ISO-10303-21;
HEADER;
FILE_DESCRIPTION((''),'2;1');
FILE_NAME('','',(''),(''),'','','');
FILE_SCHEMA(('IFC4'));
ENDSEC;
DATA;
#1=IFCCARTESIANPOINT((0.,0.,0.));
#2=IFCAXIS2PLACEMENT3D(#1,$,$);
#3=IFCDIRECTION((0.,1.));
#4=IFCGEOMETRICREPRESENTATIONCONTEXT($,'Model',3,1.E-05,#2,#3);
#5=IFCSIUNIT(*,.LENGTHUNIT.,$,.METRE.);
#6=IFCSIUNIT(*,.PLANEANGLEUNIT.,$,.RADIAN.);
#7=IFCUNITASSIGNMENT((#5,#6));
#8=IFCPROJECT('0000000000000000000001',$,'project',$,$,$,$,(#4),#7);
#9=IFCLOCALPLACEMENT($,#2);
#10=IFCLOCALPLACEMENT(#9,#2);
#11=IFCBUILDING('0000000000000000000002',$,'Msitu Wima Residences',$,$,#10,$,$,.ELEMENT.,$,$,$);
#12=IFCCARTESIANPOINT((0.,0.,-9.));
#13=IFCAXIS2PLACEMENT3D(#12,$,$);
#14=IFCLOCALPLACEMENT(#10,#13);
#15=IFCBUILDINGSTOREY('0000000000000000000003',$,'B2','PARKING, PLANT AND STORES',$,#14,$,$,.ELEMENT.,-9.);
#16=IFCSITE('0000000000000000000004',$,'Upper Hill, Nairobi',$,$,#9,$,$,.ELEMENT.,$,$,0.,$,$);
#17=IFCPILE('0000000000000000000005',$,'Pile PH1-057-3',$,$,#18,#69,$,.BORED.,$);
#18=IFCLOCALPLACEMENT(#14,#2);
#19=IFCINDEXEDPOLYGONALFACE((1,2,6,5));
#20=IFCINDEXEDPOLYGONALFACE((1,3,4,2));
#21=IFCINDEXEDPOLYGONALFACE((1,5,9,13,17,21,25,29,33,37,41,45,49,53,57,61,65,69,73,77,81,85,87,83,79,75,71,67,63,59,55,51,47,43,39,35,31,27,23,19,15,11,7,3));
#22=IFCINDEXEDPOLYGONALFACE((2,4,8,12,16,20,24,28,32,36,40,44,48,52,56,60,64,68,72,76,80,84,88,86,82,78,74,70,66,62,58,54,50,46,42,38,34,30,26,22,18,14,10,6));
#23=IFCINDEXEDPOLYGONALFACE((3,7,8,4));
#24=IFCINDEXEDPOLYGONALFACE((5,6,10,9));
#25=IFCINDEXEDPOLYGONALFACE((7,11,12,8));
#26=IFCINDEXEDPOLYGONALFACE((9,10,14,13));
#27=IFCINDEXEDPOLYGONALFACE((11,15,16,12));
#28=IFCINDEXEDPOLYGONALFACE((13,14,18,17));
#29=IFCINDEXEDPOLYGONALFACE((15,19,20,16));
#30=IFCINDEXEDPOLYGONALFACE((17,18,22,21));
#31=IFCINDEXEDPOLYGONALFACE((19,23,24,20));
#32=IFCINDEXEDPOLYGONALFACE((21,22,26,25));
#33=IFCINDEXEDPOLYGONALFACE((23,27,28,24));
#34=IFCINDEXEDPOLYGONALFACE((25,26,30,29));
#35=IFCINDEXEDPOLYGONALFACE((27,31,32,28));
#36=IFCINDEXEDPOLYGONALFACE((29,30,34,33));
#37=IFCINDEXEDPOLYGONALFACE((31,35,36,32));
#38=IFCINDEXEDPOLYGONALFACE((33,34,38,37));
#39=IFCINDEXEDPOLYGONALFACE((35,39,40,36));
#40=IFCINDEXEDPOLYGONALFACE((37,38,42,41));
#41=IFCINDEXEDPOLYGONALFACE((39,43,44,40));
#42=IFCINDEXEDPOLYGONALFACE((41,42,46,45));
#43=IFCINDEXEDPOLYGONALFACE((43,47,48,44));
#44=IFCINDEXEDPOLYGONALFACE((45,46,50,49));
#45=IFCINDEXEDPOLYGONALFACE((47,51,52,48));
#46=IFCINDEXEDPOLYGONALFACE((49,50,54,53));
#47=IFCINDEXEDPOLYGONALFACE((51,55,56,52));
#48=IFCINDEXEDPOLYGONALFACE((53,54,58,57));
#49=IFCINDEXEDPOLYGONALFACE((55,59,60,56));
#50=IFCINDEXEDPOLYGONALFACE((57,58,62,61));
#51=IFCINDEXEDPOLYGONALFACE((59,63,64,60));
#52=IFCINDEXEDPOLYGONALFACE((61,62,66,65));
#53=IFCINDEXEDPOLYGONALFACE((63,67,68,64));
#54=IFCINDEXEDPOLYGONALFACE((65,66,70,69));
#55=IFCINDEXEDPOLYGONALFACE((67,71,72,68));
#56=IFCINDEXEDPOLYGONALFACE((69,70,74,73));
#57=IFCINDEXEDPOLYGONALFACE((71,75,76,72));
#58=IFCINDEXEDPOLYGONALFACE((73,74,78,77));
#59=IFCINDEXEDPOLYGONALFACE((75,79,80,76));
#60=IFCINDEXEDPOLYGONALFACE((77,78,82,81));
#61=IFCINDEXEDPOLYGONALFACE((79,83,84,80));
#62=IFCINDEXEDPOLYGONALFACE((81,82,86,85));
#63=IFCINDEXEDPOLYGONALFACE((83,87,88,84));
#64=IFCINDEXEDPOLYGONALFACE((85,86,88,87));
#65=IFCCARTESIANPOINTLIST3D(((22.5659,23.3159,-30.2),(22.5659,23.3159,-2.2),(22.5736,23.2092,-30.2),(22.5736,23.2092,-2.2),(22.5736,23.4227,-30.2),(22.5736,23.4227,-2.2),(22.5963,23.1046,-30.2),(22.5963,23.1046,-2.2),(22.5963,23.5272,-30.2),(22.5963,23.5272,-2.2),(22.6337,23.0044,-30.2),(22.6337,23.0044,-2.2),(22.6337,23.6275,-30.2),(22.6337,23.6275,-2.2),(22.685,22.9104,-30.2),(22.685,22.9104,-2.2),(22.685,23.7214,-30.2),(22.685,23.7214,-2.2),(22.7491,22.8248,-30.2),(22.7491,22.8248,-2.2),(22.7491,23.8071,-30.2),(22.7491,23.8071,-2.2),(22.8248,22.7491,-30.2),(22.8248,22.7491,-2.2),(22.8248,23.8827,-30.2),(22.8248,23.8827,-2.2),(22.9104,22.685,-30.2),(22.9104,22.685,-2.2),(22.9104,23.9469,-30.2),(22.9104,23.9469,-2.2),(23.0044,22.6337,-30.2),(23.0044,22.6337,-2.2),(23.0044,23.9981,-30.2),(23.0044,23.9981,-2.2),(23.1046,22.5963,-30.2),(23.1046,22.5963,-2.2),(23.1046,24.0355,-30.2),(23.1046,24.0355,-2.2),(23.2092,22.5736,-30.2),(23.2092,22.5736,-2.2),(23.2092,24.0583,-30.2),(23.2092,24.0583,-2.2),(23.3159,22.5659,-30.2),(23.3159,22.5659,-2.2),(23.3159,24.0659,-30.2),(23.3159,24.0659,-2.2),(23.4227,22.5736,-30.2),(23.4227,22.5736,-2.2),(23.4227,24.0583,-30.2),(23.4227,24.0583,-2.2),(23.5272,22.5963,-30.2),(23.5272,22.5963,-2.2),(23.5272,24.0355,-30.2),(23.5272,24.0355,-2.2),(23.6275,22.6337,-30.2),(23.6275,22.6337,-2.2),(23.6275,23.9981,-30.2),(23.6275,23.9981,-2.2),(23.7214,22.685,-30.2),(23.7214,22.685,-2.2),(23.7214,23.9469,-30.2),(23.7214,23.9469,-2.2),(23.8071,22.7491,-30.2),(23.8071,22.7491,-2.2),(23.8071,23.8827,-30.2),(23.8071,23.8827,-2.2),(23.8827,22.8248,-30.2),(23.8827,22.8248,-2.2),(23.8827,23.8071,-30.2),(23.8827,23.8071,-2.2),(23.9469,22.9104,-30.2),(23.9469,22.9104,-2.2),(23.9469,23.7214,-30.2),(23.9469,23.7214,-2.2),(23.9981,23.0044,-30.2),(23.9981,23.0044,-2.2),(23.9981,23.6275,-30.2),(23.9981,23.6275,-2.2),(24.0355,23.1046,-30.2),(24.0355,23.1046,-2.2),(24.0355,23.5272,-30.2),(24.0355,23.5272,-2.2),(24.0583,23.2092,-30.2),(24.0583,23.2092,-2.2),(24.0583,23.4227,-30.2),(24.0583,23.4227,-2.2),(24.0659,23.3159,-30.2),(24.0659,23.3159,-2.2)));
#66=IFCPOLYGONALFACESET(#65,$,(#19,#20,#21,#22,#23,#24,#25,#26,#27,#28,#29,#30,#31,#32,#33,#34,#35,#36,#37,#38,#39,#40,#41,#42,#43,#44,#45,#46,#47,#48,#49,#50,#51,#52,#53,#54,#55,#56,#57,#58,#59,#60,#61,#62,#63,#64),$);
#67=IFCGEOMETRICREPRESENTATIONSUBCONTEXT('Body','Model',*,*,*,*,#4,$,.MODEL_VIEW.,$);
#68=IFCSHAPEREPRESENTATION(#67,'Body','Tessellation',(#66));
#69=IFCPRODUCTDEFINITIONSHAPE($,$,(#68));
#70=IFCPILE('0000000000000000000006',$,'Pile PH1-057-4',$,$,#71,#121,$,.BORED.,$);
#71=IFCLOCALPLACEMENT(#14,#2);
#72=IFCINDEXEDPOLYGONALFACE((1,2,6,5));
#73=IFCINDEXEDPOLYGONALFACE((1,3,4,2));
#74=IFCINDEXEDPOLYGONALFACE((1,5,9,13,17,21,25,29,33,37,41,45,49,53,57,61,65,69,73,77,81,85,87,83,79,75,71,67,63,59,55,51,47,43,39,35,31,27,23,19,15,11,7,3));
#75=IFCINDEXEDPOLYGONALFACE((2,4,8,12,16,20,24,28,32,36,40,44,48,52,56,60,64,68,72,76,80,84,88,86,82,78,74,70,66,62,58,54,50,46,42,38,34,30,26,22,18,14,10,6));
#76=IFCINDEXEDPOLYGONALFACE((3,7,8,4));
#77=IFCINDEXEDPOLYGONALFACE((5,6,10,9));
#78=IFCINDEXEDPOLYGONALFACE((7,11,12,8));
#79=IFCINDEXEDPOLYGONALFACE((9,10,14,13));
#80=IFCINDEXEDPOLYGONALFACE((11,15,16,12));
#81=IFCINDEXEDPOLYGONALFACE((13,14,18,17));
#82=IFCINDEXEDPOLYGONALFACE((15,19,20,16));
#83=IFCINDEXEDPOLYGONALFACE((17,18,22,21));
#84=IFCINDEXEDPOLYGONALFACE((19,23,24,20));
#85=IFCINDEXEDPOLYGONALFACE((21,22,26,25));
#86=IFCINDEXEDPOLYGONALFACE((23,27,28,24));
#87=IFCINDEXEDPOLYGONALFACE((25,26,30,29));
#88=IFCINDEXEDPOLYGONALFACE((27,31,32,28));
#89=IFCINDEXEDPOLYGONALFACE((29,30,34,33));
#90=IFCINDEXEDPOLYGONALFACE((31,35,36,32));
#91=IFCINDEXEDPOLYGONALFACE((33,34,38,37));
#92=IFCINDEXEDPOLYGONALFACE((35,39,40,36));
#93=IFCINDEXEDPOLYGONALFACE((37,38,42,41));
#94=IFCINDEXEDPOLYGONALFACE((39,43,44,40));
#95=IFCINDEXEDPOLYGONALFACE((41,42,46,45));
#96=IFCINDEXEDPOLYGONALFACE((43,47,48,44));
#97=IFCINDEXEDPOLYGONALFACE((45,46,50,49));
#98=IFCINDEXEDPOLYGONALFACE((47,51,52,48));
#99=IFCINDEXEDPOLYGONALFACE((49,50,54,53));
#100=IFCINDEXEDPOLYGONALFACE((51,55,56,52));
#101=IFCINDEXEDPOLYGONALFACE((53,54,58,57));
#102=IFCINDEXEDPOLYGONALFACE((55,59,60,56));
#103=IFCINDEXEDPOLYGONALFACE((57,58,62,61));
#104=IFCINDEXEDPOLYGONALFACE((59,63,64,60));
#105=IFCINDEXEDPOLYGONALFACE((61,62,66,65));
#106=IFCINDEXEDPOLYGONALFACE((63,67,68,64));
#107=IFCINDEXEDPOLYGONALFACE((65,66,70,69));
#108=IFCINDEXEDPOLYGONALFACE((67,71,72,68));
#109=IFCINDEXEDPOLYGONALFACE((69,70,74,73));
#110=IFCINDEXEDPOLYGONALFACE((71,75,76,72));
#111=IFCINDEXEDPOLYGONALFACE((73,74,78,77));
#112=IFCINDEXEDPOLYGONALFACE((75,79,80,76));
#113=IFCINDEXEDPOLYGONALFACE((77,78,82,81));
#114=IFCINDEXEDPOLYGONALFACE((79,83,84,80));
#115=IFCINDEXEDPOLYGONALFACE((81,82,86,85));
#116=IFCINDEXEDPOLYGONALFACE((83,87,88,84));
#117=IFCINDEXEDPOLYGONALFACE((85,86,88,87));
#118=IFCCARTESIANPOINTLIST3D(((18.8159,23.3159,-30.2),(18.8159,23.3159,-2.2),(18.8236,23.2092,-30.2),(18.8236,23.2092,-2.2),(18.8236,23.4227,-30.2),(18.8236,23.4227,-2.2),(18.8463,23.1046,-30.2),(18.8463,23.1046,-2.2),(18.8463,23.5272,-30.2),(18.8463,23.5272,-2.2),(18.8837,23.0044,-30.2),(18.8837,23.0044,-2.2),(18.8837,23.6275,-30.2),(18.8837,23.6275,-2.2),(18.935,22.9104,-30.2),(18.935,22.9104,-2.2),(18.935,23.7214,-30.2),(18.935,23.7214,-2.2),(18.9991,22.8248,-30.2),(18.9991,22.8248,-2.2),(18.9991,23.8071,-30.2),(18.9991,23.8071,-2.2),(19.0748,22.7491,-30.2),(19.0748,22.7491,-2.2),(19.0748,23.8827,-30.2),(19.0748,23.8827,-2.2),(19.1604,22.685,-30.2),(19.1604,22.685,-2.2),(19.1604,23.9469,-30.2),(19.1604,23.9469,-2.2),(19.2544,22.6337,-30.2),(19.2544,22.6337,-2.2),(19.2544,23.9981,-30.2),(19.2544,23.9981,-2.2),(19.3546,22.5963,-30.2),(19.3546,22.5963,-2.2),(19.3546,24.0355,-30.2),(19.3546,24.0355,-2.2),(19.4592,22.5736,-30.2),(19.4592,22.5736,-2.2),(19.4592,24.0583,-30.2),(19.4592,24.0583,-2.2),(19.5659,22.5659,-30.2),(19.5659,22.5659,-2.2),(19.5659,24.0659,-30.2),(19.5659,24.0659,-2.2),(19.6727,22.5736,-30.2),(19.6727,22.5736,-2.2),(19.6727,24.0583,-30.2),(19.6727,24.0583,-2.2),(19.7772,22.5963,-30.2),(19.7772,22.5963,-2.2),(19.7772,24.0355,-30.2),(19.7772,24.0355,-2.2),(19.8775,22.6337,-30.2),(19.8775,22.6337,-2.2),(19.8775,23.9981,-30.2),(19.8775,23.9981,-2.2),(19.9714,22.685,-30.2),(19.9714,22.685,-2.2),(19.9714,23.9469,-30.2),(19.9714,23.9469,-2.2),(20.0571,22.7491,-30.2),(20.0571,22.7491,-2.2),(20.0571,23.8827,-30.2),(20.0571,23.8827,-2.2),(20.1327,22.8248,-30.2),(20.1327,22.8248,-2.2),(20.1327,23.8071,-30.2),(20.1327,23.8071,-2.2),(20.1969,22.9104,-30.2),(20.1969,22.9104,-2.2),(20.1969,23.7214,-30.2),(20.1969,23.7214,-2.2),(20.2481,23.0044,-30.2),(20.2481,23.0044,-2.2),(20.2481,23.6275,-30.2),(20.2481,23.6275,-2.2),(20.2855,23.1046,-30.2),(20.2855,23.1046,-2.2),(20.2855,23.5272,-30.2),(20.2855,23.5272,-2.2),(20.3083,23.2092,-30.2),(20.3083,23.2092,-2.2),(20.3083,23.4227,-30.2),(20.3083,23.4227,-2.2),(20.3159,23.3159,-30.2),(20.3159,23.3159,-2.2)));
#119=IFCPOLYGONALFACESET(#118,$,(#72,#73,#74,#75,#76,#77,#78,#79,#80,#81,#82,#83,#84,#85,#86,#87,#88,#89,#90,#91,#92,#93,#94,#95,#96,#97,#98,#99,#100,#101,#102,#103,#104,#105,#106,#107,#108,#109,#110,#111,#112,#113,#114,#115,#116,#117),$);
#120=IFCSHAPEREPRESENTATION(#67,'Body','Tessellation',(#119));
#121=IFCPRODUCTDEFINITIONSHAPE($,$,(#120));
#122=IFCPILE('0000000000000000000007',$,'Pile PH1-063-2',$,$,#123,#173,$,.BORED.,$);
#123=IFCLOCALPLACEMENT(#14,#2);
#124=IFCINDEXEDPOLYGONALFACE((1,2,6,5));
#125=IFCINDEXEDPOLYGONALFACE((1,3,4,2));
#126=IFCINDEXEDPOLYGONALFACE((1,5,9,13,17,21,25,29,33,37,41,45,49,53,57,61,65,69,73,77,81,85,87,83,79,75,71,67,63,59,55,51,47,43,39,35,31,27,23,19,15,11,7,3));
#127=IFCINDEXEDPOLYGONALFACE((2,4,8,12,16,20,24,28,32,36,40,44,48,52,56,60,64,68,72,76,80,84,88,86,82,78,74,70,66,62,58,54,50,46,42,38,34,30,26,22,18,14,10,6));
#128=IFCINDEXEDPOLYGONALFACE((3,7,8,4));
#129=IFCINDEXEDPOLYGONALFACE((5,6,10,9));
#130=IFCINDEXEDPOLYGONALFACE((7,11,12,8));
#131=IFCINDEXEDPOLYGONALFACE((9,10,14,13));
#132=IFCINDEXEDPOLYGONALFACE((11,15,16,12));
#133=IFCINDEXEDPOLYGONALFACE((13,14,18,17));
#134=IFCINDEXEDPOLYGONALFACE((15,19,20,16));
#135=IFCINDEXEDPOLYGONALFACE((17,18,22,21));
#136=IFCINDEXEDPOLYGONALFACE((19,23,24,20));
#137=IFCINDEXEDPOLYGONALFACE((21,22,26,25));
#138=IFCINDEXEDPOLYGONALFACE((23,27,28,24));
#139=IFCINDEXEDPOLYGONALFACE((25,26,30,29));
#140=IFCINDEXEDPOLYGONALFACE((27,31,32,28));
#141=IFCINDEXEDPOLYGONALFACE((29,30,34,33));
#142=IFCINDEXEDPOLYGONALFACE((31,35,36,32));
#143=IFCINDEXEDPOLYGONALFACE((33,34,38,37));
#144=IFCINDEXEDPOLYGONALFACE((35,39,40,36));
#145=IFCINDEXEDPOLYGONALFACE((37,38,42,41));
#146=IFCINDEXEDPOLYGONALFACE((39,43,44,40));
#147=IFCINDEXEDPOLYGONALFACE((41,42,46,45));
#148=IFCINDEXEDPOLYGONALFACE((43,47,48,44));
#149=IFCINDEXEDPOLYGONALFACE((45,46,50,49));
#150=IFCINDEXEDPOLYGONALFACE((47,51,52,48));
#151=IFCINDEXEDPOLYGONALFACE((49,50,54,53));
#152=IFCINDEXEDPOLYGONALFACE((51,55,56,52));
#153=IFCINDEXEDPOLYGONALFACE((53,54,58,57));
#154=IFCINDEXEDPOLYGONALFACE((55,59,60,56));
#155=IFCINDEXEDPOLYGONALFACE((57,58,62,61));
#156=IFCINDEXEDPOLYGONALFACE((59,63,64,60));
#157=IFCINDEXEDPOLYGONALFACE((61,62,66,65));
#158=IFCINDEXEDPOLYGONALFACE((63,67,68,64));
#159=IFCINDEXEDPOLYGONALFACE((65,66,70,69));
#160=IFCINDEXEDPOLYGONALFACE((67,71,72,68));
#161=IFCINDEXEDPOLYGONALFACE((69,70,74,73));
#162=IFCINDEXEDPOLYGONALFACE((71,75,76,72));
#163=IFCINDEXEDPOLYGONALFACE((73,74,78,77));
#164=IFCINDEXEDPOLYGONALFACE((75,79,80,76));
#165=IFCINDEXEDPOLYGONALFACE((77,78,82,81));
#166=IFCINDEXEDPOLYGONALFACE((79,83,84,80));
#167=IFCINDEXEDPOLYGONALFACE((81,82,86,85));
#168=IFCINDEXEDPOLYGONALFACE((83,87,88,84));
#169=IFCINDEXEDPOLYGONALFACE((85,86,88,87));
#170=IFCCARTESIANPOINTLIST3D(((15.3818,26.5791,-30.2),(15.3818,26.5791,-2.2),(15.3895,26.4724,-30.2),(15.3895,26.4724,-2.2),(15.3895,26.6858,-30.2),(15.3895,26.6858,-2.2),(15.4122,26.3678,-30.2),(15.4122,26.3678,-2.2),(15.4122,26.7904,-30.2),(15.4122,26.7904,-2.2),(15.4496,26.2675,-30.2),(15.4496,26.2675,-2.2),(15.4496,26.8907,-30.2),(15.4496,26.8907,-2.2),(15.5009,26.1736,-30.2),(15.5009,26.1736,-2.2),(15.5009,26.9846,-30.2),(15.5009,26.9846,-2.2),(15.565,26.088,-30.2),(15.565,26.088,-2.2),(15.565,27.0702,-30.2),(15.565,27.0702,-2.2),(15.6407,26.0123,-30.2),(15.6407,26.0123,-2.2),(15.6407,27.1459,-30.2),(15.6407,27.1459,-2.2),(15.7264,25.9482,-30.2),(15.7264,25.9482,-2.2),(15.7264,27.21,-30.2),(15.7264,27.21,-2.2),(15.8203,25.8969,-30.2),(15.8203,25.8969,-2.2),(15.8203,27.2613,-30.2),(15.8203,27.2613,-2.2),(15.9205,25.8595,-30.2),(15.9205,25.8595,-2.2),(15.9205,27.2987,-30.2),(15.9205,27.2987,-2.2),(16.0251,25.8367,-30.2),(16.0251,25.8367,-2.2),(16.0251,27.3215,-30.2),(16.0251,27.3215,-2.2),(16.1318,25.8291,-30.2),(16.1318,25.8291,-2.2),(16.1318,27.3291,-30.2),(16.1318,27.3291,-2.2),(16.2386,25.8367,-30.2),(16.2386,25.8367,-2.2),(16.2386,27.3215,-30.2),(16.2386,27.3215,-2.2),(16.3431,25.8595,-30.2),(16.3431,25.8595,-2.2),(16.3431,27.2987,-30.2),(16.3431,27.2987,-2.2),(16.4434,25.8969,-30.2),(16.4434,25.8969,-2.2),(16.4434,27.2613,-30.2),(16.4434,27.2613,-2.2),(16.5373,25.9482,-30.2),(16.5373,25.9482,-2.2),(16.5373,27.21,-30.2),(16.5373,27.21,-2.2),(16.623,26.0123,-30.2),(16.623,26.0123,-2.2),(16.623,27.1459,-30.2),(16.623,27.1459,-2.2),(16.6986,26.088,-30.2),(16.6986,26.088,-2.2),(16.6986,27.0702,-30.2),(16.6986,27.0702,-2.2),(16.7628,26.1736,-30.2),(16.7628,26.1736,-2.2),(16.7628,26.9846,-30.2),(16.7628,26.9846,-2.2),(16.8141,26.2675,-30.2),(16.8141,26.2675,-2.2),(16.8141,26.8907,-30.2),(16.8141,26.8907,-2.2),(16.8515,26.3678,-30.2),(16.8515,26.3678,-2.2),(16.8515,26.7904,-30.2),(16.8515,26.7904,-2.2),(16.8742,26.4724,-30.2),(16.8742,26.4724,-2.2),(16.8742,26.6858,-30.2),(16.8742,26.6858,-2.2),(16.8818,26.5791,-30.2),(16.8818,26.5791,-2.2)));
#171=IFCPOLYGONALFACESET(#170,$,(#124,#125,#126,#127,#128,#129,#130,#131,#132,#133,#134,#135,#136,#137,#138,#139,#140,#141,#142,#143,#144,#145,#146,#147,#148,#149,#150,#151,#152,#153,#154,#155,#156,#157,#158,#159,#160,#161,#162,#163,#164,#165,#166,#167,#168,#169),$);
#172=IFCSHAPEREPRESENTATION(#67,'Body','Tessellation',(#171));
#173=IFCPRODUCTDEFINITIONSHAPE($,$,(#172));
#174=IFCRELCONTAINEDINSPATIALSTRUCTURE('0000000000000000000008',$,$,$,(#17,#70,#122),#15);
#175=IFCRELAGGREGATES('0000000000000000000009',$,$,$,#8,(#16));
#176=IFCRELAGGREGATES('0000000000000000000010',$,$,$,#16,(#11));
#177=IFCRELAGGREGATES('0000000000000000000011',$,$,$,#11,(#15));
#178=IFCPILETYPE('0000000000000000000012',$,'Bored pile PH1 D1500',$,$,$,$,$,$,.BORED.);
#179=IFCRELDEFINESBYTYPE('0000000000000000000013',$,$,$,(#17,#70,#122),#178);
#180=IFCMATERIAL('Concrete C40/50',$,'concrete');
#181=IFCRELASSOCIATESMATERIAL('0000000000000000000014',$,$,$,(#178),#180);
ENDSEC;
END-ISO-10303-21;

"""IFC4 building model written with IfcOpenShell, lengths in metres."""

from ifc_helpers import new_model, si_unit, direction, frame, origin, origin_2d, place, context, subcontext, project, spatial, circle, extrude, material, type_object, element, save


model = new_model("IFC4")

# Units and contexts
model_context = context("Model", 3, precision=1e-05, world=origin(), true_north=direction((0.0, 1.0)))
body_context = subcontext(model_context, "Body", "Model", "MODEL_VIEW")
ifc_project = project(units=[si_unit("LENGTHUNIT", "METRE"), si_unit("PLANEANGLEUNIT", "RADIAN")], contexts=[model_context])

# Site, building, storey
site_placement = place(None, origin())
site = spatial("IfcSite", under=ifc_project, at=site_placement, Name="Upper Hill, Nairobi", CompositionType="ELEMENT", RefElevation=0.0)
building_placement = place(site_placement, origin())
building = spatial("IfcBuilding", under=site, at=building_placement, Name="Msitu Wima Residences", CompositionType="ELEMENT")
storey_placement = place(building_placement, frame((0.0, 0.0, -9.0)))
storey = spatial("IfcBuildingStorey", under=building, at=storey_placement, Name="B2", Description="PARKING, PLANT AND STORES", CompositionType="ELEMENT", Elevation=-9.0)

# Piles
ifc_material_1 = material(Name="Concrete C40/50", Category="concrete")
pile_type_1 = type_object("IfcPileType", Name="Bored pile PH1 D1500", PredefinedType="BORED", material=ifc_material_1)
for number, where, z_axis, x_axis, name in (
    (1, (23.3159, 23.3159, -2.2), (0.0, 0.0, -1.0), (1.0, 0.0, 0.0), "Pile PH1-057-3"),
    (2, (19.5659, 23.3159, -2.2), (0.0, 0.0, -1.0), (1.0, 0.0, 0.0), "Pile PH1-057-4"),
    (3, (16.1318, 26.5791, -2.2), (0.0, 0.0, -1.0), (1.0, 0.0, 0.0), "Pile PH1-063-2"),
):
    element("IfcPile", number, at=place(storey_placement, frame(where, z_axis=z_axis, x_axis=x_axis)), inside=storey, type_object=pile_type_1, Name=name, PredefinedType="BORED", context=body_context, shape_type="SweptSolid", body=[
        extrude(circle(Radius=0.75, at=origin_2d()), origin(), (0.0, 0.0, 1.0), 28.0),
    ])

save(model, "model.ifc")
